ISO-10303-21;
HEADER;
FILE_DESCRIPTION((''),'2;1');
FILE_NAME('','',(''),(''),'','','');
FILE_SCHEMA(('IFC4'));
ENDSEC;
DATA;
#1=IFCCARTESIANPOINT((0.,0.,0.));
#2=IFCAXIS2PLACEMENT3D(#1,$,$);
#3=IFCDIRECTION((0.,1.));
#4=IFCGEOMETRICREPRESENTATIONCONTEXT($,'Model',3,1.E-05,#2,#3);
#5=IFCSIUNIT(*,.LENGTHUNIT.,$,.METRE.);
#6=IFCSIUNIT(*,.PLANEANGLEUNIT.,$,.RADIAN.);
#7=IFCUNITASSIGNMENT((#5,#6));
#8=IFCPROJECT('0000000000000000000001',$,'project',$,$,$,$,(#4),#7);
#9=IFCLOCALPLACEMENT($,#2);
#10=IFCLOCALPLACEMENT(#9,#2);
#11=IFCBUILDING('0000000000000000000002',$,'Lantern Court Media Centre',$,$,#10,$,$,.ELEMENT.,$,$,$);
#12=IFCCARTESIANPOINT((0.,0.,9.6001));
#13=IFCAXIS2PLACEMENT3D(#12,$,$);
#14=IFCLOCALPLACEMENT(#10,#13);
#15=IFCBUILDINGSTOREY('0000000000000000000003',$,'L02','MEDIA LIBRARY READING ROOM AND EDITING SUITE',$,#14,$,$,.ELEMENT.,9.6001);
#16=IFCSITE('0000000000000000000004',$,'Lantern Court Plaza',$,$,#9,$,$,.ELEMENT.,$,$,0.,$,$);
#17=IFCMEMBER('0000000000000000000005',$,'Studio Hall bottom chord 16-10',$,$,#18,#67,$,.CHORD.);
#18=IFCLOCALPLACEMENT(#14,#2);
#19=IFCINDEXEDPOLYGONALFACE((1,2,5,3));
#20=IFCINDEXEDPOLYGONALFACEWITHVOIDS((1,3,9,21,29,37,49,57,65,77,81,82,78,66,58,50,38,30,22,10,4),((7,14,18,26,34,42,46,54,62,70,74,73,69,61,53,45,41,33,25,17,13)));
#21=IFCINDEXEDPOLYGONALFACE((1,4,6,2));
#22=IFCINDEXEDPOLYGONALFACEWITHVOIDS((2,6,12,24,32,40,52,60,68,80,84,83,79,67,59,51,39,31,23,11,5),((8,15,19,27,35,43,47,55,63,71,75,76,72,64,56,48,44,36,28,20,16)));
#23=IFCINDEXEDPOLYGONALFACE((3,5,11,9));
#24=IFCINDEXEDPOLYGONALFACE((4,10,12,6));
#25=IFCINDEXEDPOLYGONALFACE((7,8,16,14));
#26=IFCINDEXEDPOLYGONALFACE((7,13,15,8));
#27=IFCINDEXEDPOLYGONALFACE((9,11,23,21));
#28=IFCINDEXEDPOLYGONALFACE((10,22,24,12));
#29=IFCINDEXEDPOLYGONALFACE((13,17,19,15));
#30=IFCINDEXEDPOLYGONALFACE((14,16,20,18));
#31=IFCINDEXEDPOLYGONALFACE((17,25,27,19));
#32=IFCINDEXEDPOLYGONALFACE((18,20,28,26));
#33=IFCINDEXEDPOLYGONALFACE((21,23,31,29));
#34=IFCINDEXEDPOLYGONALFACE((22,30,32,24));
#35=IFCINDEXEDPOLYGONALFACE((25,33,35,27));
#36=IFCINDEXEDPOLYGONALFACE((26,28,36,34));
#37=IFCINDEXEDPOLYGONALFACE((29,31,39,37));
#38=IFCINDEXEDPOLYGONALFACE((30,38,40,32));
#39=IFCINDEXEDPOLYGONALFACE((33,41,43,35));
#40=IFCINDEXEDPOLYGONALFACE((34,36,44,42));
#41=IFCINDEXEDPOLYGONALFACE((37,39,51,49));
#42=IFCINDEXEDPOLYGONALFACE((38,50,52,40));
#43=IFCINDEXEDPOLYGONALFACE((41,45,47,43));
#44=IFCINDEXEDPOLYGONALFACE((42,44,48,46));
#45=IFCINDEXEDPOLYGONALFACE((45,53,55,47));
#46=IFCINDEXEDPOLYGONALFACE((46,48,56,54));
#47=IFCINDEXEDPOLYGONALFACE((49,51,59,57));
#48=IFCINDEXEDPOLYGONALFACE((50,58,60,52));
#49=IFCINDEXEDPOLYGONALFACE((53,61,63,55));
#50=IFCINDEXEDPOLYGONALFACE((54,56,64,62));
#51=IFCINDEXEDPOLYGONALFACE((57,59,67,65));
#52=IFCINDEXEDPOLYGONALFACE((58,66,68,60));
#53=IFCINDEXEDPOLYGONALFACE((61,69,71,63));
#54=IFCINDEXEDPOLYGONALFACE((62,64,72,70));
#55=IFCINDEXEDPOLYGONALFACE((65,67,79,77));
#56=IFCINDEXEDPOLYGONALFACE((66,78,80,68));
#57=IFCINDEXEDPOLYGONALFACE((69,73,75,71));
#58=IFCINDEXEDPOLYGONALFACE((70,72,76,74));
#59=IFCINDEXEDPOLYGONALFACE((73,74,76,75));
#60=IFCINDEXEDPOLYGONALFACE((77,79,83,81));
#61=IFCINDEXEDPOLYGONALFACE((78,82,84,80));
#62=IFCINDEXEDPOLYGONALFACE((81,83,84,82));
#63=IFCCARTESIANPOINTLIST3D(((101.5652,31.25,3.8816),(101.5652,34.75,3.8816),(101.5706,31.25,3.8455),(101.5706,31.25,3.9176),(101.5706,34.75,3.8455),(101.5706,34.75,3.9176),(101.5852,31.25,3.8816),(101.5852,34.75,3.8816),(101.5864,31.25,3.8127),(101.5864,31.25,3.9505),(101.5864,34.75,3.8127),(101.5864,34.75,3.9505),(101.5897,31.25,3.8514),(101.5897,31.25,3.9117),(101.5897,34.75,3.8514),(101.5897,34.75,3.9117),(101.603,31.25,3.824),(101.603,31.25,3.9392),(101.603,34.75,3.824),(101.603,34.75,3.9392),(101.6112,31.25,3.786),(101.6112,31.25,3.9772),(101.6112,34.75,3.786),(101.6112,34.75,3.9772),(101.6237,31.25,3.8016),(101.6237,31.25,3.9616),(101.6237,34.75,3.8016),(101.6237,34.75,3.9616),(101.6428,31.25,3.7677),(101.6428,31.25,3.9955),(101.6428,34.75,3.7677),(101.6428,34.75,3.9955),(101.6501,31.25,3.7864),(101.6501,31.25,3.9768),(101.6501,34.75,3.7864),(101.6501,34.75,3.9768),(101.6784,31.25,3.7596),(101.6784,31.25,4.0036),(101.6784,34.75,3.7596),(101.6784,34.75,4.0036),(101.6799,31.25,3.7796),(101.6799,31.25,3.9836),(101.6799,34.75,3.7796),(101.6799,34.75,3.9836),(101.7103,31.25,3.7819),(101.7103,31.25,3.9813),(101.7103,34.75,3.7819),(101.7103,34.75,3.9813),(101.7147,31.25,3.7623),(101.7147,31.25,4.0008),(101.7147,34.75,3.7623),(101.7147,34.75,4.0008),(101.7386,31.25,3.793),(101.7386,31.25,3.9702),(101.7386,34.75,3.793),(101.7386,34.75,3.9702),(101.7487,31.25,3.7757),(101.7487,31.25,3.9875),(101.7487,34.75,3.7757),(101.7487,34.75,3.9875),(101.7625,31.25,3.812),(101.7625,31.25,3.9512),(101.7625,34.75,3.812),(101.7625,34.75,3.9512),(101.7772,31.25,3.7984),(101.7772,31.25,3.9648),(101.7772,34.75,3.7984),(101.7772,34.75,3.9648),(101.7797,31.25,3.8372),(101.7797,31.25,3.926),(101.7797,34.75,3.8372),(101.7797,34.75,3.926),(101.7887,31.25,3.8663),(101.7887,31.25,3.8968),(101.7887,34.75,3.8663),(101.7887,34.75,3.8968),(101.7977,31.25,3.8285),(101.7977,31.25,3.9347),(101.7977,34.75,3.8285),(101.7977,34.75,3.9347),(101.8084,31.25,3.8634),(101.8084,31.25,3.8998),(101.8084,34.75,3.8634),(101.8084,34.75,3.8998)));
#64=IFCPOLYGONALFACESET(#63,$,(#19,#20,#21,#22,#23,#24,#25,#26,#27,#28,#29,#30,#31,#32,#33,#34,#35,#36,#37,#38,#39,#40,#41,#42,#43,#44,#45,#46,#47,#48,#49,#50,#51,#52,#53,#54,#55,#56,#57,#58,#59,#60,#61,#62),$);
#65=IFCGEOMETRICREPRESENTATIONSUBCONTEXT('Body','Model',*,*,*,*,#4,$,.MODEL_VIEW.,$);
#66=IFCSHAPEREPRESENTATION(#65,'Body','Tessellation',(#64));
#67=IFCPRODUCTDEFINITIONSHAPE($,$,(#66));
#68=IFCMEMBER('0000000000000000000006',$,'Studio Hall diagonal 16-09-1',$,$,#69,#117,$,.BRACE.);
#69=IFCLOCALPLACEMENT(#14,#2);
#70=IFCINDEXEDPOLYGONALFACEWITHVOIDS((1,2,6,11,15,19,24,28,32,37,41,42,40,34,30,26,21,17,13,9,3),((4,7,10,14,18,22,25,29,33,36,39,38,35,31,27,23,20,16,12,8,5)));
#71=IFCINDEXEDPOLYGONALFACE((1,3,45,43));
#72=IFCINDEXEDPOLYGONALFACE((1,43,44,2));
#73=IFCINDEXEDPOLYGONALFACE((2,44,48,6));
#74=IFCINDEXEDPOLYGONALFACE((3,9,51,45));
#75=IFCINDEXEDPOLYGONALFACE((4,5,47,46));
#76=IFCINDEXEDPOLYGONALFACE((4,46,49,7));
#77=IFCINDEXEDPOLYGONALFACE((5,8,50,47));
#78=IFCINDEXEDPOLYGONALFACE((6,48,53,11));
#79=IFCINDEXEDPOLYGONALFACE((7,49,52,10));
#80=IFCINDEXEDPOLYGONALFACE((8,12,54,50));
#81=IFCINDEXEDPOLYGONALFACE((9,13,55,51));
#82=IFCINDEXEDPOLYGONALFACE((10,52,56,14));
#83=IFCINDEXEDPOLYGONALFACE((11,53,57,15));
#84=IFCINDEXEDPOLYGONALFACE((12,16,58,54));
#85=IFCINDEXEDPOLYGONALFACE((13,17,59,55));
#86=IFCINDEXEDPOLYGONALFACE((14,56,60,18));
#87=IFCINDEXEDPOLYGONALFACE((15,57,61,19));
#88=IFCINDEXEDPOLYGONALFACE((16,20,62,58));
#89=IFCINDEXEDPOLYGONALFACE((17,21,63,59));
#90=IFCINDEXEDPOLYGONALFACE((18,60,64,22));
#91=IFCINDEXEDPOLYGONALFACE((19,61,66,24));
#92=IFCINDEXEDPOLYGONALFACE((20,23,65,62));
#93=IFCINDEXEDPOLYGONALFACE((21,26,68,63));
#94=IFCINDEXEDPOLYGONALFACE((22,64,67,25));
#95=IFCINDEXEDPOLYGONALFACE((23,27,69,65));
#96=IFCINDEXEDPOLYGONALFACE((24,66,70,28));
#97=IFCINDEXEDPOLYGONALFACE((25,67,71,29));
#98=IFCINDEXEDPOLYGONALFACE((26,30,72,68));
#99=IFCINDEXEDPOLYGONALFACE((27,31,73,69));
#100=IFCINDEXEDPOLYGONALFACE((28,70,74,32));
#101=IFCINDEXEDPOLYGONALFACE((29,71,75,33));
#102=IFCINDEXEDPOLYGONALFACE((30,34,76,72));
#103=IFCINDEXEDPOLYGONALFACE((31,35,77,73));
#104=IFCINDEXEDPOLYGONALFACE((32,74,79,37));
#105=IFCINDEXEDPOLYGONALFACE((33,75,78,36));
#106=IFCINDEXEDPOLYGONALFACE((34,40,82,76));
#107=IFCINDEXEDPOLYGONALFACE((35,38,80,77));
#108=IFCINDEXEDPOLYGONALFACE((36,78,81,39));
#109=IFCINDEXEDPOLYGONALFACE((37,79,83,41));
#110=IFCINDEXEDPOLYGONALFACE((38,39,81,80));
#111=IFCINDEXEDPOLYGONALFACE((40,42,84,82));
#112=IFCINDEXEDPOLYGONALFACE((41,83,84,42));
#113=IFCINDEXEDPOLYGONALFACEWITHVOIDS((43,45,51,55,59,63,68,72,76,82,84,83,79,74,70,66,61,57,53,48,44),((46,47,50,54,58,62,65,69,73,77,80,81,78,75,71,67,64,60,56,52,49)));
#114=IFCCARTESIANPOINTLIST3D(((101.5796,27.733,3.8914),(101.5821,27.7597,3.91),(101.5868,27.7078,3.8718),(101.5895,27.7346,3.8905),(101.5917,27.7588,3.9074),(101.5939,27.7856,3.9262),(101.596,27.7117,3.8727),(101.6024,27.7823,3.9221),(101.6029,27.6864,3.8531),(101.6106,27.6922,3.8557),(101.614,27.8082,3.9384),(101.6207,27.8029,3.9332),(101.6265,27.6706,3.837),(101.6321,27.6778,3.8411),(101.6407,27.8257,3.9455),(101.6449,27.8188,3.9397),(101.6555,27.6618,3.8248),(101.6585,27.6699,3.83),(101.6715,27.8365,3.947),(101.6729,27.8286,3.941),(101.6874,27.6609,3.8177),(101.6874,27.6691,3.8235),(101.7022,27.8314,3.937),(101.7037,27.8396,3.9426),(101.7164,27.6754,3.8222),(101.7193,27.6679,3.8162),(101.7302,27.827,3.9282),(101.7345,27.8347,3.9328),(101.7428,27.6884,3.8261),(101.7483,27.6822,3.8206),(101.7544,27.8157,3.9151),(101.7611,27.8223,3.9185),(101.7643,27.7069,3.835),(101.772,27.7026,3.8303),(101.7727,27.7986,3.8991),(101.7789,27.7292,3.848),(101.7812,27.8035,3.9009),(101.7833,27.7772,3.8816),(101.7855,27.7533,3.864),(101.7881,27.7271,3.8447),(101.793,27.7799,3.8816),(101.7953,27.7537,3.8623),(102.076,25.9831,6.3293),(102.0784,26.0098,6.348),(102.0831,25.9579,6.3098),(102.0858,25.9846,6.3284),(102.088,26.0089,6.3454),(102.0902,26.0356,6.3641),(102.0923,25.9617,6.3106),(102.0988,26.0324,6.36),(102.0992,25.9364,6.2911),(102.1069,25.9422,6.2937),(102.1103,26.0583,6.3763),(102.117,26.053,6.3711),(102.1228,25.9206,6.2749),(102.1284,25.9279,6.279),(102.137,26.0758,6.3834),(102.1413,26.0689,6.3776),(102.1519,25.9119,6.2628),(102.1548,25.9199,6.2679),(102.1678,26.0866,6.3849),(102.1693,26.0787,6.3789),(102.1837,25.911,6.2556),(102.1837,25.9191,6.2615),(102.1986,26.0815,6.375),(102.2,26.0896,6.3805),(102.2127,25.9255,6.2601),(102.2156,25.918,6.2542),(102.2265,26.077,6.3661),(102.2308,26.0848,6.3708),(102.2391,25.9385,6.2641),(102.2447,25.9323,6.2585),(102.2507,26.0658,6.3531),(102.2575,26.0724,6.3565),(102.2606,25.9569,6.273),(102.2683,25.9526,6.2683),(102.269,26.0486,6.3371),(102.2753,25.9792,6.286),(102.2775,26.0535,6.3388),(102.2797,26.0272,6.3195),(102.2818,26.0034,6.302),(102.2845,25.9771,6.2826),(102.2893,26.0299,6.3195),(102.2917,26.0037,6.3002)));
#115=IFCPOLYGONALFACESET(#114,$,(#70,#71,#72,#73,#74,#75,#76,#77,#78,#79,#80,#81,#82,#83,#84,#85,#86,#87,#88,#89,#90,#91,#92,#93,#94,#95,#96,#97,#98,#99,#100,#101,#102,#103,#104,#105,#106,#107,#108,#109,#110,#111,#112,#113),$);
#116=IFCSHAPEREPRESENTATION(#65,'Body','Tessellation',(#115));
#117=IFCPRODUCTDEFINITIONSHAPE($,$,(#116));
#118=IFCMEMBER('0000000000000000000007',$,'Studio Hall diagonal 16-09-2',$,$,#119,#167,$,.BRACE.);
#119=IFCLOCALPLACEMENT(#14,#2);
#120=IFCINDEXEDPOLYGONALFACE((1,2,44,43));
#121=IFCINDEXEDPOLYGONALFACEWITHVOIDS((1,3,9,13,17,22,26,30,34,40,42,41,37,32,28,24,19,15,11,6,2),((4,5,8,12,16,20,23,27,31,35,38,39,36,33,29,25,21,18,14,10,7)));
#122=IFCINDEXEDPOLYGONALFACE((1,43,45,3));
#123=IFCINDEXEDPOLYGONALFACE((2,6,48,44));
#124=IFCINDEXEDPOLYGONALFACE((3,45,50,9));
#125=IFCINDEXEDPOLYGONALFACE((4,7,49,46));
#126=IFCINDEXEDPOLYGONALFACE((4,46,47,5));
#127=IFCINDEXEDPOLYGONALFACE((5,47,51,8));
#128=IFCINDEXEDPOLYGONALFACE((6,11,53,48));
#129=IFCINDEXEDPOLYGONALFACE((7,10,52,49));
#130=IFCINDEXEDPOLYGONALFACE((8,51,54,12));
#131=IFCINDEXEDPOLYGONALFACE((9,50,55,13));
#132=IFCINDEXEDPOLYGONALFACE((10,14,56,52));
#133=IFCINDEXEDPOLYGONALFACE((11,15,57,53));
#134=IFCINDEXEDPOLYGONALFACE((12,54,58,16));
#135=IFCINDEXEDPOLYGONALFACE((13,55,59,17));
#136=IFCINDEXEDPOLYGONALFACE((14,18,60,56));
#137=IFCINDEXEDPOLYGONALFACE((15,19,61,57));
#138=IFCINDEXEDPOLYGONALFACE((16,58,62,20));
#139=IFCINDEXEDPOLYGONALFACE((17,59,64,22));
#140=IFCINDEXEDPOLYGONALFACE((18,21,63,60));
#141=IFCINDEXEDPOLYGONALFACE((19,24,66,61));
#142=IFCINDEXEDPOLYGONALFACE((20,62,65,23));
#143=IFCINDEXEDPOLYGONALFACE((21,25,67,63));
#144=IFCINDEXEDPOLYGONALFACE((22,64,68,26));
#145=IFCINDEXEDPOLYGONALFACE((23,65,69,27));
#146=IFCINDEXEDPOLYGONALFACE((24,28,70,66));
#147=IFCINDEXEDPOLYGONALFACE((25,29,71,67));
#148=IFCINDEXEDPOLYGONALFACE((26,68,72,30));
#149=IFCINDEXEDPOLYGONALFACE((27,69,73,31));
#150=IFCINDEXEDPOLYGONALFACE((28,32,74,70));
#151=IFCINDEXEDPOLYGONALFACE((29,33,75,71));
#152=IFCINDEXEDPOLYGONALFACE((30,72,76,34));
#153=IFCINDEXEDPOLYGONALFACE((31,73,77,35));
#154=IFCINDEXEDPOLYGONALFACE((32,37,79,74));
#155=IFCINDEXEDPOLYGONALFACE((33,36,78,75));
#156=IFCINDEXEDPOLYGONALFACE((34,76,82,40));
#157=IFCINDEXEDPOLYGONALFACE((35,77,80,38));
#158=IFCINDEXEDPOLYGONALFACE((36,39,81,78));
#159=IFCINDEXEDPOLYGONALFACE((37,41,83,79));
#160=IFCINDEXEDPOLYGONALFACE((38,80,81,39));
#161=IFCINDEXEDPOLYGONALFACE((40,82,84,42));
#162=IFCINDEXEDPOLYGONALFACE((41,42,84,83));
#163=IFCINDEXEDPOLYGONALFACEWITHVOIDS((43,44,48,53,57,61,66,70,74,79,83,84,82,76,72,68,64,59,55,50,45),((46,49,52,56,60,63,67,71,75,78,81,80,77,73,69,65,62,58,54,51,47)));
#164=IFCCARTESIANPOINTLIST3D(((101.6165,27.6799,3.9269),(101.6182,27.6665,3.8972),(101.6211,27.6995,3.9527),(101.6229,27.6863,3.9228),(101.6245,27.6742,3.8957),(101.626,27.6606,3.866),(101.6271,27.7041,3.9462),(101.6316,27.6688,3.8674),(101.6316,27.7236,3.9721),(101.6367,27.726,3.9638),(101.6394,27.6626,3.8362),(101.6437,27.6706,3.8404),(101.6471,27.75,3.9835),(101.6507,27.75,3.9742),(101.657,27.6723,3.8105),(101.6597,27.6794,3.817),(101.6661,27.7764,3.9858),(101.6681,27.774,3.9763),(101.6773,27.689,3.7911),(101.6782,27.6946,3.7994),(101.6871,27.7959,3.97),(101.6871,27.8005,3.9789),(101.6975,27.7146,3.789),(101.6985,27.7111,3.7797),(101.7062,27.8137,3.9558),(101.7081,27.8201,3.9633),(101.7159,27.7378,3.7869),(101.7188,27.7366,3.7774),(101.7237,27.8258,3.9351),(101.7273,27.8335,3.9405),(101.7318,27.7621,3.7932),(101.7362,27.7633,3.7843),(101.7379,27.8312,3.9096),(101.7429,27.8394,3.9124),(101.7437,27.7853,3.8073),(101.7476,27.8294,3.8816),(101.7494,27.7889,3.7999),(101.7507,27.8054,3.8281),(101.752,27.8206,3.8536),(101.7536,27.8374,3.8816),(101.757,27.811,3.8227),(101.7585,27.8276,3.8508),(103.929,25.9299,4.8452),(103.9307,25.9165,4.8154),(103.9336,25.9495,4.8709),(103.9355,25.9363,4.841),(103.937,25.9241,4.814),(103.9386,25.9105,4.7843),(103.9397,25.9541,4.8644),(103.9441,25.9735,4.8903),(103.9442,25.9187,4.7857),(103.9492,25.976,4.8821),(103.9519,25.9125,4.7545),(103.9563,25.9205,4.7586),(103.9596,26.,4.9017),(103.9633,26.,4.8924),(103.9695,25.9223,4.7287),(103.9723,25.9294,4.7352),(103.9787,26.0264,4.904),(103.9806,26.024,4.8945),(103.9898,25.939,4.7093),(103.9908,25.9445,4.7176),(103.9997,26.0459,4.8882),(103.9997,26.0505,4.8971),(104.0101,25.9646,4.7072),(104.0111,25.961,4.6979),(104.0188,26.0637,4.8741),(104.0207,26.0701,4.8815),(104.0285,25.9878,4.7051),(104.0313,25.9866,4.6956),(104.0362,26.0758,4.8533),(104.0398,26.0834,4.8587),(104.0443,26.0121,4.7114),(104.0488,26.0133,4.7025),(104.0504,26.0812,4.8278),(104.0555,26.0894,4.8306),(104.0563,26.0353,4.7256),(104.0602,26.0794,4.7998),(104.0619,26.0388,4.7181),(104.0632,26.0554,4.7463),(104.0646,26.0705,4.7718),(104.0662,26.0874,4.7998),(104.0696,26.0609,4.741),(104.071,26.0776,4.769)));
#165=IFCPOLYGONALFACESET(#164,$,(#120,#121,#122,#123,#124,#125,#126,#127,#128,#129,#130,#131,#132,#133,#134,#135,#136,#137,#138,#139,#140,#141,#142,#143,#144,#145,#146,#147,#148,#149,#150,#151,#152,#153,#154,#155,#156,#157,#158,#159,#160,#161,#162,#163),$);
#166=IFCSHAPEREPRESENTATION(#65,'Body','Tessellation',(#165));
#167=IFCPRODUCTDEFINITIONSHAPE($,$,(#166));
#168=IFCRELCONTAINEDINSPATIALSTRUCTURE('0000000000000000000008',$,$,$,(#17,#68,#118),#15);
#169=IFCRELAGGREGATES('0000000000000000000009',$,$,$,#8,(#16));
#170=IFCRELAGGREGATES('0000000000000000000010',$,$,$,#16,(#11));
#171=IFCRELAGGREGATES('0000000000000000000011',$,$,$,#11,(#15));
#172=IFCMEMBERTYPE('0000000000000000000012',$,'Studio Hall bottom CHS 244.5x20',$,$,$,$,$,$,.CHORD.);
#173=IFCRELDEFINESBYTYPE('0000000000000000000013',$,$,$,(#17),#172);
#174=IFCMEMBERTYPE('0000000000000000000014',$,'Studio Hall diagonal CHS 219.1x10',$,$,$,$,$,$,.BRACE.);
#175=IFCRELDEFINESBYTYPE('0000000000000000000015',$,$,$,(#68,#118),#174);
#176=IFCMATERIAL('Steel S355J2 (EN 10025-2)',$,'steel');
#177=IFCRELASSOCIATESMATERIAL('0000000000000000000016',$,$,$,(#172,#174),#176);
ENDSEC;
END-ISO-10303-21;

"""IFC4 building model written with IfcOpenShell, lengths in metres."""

from ifc_helpers import new_model, si_unit, direction, frame, origin, origin_2d, place, context, subcontext, project, spatial, hollow_circle, extrude, material, material_profile, profile_set, type_object, element, save


model = new_model("IFC4")

# Units and contexts
model_context = context("Model", 3, precision=1e-05, world=origin(), true_north=direction((0.0, 1.0)))
body_context = subcontext(model_context, "Body", "Model", "MODEL_VIEW")
ifc_project = project(units=[si_unit("LENGTHUNIT", "METRE"), si_unit("PLANEANGLEUNIT", "RADIAN")], contexts=[model_context])

# Site, building, storey
site_placement = place(None, origin())
site = spatial("IfcSite", under=ifc_project, at=site_placement, Name="Lantern Court Plaza", CompositionType="ELEMENT", RefElevation=0.0)
building_placement = place(site_placement, origin())
building = spatial("IfcBuilding", under=site, at=building_placement, Name="Lantern Court Media Centre", CompositionType="ELEMENT")
storey_placement = place(building_placement, frame((0.0, 0.0, 9.6001)))
storey = spatial("IfcBuildingStorey", under=building, at=storey_placement, Name="L02", Description="MEDIA LIBRARY READING ROOM AND EDITING SUITE", CompositionType="ELEMENT", Elevation=9.6001)

# Shared definitions
ifc_material_1 = material(Name="Steel S355J2 (EN 10025-2)", Category="steel")

# Members
ifc_material_profile_1 = material_profile(ifc_material_1, hollow_circle(Radius=0.1223, WallThickness=0.02, at=origin_2d()), Name="Studio Hall bottom CHS 244.5x20")
ifc_profile_set_1 = profile_set([ifc_material_profile_1], Name="Steel S355J2 (EN 10025-2)")
member_type_1 = type_object("IfcMemberType", Name="Studio Hall bottom CHS 244.5x20", PredefinedType="CHORD", material=ifc_profile_set_1)
for number, where, z_axis, x_axis, name in (
    (1, (101.6875, 31.25, 3.8816), (0.0, 1.0, 0.0), (-1.0, 0.0, 0.0), "Studio Hall bottom chord 16-10"),
):
    element("IfcMember", number, at=place(storey_placement, frame(where, z_axis=z_axis, x_axis=x_axis)), inside=storey, type_object=member_type_1, Name=name, PredefinedType="CHORD", context=body_context, shape_type="SweptSolid", body=[
        extrude(hollow_circle(Radius=0.1223, WallThickness=0.02, at=origin_2d()), origin(), (0.0, 0.0, 1.0), 3.5),
    ])
ifc_material_profile_2 = material_profile(ifc_material_1, hollow_circle(Radius=0.1096, WallThickness=0.01, at=origin_2d()), Name="Studio Hall diagonal CHS 219.1x10")
ifc_profile_set_2 = profile_set([ifc_material_profile_2], Name="Steel S355J2 (EN 10025-2)")
member_type_2 = type_object("IfcMemberType", Name="Studio Hall diagonal CHS 219.1x10", PredefinedType="BRACE", material=ifc_profile_set_2)
member_1_placement = place(storey_placement, frame((101.6875, 27.75, 3.8816), z_axis=(0.163172, -0.575314, 0.801491), x_axis=(0.962054, 0.272859, 0.0)))
element("IfcMember", 2, at=member_1_placement, inside=storey, type_object=member_type_2, Name="Studio Hall diagonal 16-09-1", PredefinedType="BRACE", context=body_context, shape_type="SweptSolid", body=[
    extrude(hollow_circle(Radius=0.1096, WallThickness=0.01, at=origin_2d()), origin(), (0.0, 0.0, 1.0), 3.0417),
])
for number, where, z_axis, x_axis, name in (
    (3, (101.6875, 27.75, 3.8816), (0.760211, -0.575295, 0.301853), (0.603443, 0.797406, 0.0), "Studio Hall diagonal 16-09-2"),
):
    element("IfcMember", number, at=place(storey_placement, frame(where, z_axis=z_axis, x_axis=x_axis)), inside=storey, type_object=member_type_2, Name=name, PredefinedType="BRACE", context=body_context, shape_type="SweptSolid", body=[
        extrude(hollow_circle(Radius=0.1096, WallThickness=0.01, at=origin_2d()), origin(), (0.0, 0.0, 1.0), 3.042),
    ])

save(model, "model.ifc")
